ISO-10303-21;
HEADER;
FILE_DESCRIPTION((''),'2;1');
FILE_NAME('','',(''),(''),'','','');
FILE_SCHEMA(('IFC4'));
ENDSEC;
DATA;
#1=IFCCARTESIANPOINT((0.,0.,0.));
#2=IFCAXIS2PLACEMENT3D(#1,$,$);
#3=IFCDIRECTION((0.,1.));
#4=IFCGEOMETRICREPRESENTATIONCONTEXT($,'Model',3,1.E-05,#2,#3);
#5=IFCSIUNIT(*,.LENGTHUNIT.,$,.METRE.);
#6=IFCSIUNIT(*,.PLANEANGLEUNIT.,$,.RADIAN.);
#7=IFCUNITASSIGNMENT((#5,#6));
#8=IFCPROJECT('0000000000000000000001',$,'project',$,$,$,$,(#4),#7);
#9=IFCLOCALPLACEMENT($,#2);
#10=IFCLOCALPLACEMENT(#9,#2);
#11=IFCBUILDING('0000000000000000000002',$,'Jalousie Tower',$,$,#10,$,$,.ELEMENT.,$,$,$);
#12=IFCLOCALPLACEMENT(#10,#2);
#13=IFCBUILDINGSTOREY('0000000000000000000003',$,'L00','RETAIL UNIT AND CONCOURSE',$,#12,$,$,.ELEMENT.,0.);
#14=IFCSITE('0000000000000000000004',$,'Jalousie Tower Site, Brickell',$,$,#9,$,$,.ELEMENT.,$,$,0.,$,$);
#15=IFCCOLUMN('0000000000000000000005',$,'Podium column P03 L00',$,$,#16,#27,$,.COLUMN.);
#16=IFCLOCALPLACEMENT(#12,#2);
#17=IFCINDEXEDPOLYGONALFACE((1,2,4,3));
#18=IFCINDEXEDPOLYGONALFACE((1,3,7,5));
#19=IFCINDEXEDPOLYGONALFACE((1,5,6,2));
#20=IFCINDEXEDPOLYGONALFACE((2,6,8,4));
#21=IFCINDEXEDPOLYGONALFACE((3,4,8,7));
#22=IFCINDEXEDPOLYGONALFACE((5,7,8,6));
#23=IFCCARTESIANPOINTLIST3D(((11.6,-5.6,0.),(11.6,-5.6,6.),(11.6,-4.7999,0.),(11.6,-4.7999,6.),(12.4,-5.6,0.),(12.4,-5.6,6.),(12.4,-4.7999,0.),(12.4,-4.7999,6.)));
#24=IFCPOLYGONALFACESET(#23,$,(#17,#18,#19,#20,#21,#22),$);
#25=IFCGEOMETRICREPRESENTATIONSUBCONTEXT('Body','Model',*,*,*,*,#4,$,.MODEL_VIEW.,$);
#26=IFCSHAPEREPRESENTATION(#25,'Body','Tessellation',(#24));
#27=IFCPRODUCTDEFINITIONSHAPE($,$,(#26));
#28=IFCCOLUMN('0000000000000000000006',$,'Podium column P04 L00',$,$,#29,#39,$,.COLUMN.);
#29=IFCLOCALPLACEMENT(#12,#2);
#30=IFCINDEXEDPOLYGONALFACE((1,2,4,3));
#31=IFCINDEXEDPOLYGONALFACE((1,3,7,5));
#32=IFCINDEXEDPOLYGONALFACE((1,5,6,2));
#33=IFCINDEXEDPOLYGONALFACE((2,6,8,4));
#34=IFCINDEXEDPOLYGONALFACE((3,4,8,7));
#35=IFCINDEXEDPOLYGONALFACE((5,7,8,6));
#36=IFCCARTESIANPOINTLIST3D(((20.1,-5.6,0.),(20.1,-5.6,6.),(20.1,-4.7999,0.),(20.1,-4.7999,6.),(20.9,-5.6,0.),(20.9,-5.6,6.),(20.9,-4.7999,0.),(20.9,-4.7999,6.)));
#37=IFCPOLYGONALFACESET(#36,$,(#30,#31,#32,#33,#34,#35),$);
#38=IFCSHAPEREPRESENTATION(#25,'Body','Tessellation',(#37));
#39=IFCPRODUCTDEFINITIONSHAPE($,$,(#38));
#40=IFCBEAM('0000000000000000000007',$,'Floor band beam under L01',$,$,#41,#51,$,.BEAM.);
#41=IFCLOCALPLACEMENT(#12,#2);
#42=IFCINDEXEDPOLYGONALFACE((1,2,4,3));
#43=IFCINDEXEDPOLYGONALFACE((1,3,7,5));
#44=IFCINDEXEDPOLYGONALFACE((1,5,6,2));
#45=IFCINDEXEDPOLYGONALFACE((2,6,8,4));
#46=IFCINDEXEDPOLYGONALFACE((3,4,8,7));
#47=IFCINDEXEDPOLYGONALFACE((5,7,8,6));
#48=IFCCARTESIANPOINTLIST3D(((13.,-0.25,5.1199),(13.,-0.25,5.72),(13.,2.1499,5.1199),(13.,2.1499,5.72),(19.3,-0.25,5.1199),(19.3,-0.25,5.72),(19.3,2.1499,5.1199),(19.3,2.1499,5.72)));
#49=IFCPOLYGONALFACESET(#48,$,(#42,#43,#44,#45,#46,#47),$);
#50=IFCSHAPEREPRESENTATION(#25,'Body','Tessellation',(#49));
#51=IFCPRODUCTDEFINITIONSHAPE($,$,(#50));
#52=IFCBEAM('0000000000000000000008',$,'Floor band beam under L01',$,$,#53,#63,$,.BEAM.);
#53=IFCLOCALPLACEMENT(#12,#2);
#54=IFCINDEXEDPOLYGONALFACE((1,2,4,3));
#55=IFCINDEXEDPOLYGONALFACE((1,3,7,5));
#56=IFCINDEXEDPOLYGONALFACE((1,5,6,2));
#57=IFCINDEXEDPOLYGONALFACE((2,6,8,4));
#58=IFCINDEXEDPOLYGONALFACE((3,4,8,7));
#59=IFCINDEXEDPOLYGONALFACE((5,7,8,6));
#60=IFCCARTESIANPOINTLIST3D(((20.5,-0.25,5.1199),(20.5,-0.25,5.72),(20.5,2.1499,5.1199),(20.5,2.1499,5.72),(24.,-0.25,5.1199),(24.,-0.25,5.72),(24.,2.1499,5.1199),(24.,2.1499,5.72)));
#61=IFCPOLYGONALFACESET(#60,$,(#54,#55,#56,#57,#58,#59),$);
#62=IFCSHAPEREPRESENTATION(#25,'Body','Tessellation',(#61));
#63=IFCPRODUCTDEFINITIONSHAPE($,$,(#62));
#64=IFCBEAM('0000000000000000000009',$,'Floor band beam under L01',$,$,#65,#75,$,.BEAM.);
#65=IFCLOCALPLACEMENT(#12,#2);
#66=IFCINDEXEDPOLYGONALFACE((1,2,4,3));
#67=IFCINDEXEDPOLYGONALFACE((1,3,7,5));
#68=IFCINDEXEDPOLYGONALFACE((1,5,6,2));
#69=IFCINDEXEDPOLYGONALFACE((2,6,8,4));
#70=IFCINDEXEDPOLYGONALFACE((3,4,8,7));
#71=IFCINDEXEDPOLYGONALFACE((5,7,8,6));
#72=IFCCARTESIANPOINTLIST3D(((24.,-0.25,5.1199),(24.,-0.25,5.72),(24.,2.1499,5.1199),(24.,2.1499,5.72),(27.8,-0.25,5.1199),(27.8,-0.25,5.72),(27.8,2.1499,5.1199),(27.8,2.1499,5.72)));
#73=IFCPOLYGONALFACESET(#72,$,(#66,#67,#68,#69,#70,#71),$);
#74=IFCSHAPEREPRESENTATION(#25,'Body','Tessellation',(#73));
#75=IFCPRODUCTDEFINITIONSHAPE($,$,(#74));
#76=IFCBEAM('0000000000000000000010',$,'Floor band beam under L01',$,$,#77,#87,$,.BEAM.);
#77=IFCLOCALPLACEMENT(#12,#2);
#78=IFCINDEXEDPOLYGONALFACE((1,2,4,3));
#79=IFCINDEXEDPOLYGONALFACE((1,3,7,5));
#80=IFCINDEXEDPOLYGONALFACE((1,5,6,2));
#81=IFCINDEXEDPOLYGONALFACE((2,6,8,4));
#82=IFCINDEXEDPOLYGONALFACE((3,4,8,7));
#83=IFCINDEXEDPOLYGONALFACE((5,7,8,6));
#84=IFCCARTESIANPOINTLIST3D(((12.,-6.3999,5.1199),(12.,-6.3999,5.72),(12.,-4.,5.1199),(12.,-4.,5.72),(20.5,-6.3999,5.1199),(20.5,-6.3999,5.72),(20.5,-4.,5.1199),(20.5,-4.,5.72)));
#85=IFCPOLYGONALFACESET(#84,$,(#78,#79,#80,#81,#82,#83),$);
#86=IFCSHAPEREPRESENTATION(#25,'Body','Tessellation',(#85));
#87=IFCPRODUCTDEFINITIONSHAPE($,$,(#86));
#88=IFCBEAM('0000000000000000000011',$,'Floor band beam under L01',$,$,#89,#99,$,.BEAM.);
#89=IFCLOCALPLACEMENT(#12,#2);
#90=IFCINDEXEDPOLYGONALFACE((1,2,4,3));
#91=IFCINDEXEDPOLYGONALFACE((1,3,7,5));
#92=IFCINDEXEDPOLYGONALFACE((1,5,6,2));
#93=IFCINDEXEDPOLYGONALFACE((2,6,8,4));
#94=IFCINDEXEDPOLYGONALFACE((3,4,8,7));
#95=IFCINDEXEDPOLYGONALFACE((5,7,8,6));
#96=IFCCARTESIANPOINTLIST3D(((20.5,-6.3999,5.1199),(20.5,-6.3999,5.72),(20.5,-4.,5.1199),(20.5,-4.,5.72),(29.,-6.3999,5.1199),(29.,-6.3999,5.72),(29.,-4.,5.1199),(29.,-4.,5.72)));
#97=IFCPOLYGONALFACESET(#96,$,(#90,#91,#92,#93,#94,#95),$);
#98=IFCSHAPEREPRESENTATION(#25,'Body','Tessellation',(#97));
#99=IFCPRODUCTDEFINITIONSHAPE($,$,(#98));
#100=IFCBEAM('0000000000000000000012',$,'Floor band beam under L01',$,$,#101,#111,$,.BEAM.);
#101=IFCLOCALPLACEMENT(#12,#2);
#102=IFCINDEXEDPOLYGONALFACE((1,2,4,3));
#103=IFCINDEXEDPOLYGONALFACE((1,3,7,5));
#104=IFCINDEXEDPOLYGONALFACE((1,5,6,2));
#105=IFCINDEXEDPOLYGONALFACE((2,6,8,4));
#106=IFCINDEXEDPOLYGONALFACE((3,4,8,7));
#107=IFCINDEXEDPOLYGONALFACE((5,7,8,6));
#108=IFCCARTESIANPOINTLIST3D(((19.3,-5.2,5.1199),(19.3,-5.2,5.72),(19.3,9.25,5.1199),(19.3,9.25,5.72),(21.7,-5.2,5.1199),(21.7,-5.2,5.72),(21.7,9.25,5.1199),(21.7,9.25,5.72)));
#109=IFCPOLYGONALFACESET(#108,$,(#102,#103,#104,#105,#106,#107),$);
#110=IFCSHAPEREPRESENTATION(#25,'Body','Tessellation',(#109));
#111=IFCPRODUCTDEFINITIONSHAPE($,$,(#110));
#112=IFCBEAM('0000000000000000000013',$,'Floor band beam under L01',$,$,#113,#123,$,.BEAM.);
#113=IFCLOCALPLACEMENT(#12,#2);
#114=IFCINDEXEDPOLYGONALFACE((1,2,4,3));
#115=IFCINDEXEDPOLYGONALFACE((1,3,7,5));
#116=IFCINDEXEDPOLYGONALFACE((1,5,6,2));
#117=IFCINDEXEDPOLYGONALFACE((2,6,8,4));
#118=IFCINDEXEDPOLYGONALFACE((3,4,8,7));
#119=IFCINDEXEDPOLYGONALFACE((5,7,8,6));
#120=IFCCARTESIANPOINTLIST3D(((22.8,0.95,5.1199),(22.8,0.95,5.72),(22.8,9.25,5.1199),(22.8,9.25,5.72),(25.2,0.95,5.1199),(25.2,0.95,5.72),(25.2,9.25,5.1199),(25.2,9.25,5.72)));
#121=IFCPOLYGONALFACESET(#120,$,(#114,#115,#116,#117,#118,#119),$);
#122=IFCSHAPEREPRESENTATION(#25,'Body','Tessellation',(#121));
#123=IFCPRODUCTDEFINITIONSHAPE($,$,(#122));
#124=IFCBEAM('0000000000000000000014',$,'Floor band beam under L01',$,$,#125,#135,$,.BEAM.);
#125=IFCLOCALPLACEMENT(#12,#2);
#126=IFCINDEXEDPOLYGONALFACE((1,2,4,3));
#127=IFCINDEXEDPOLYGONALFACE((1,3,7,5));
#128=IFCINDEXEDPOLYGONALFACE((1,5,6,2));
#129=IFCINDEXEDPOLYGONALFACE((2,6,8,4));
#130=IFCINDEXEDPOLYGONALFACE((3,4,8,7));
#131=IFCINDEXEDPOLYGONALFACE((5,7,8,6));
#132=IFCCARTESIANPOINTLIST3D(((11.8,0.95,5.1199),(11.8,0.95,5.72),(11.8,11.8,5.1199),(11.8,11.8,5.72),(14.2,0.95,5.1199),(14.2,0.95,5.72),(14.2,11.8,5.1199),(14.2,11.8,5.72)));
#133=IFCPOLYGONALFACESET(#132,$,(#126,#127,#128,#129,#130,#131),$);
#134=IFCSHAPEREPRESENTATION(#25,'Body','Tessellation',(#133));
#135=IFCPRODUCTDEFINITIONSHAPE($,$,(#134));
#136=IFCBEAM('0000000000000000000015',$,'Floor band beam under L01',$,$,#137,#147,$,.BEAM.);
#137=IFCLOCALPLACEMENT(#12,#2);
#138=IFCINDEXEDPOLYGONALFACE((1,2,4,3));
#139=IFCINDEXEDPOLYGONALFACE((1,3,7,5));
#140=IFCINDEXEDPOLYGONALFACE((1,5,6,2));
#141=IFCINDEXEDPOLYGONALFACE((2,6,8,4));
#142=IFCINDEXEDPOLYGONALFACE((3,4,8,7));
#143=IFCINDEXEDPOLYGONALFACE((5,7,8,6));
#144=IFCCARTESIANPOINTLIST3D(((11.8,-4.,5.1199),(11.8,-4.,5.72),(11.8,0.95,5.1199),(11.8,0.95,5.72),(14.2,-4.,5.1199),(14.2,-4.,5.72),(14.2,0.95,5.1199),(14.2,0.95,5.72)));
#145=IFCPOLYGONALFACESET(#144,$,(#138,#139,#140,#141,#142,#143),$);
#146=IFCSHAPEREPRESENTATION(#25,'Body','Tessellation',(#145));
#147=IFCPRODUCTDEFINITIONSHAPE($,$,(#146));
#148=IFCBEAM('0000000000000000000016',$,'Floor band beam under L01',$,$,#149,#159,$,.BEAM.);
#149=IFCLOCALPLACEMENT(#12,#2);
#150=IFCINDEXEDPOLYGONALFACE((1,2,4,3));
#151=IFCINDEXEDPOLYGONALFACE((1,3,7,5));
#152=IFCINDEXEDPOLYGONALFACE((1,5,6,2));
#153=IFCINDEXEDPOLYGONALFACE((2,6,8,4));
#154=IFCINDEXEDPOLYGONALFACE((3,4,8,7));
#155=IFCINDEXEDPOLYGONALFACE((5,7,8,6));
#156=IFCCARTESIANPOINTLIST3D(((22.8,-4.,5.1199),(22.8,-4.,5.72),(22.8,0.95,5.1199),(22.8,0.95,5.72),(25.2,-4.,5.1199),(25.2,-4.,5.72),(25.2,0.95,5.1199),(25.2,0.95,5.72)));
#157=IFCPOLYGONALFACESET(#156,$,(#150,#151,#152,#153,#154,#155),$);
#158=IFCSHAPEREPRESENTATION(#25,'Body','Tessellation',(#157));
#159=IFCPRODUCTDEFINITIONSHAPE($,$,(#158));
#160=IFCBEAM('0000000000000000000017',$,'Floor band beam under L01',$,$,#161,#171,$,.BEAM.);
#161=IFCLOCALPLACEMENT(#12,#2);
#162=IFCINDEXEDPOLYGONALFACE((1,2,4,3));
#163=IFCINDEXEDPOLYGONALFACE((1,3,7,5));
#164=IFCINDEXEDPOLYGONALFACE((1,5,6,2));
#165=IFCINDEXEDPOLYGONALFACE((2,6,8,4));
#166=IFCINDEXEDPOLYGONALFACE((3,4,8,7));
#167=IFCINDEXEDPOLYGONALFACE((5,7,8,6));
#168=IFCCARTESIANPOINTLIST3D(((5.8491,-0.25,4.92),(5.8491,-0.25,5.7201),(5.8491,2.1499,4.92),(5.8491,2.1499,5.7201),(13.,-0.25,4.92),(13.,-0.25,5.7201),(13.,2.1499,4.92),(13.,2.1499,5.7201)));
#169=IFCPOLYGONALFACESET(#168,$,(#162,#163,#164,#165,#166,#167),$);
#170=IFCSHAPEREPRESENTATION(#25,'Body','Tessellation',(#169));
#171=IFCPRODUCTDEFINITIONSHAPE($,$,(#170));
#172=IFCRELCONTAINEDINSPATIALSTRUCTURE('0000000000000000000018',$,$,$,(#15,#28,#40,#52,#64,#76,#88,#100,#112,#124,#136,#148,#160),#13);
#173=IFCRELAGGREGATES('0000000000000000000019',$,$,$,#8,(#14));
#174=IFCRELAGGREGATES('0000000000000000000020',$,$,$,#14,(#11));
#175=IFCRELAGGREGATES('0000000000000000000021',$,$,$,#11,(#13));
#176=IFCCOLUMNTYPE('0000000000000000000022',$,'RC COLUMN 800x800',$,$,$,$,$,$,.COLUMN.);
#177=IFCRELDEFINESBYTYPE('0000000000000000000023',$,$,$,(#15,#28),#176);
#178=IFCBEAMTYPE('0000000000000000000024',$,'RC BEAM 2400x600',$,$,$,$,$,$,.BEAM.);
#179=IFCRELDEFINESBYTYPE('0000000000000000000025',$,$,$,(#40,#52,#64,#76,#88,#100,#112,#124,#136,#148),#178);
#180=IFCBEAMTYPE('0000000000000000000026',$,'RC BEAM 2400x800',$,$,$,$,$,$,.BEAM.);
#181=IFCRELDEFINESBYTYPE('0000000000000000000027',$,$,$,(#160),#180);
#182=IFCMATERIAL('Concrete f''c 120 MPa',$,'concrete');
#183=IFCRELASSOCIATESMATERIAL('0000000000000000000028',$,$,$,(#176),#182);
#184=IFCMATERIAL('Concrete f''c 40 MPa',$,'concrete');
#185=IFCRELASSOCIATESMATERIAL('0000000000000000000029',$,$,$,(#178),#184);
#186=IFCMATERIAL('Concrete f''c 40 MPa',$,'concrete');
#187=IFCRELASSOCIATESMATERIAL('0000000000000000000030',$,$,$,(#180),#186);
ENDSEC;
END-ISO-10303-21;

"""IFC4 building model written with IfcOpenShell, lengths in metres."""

from ifc_helpers import new_model, si_unit, direction, frame, origin, origin_2d, place, context, subcontext, project, spatial, rectangle, extrude, material, material_profile, profile_set, type_object, element, save


model = new_model("IFC4")

# Units and contexts
model_context = context("Model", 3, precision=1e-05, world=origin(), true_north=direction((0.0, 1.0)))
body_context = subcontext(model_context, "Body", "Model", "MODEL_VIEW")
ifc_project = project(units=[si_unit("LENGTHUNIT", "METRE"), si_unit("PLANEANGLEUNIT", "RADIAN")], contexts=[model_context])

# Site, building, storey
site_placement = place(None, origin())
site = spatial("IfcSite", under=ifc_project, at=site_placement, Name="Jalousie Tower Site, Brickell", CompositionType="ELEMENT", RefElevation=0.0)
building_placement = place(site_placement, origin())
building = spatial("IfcBuilding", under=site, at=building_placement, Name="Jalousie Tower", CompositionType="ELEMENT")
storey_placement = place(building_placement, origin())
storey = spatial("IfcBuildingStorey", under=building, at=storey_placement, Name="L00", Description="RETAIL UNIT AND CONCOURSE", CompositionType="ELEMENT", Elevation=0.0)

# Columns
ifc_material_1 = material(Name="Concrete f'c 120 MPa", Category="concrete")
ifc_material_profile_1 = material_profile(ifc_material_1, rectangle(XDim=0.8, YDim=0.8, at=origin_2d()), Name="RC 800x800")
ifc_profile_set_1 = profile_set([ifc_material_profile_1], Name="Concrete f'c 120 MPa")
column_type = type_object("IfcColumnType", Name="RC COLUMN 800x800", PredefinedType="COLUMN", material=ifc_profile_set_1)
for number, where, z_axis, x_axis, name in (
    (1, (12.0, -5.2, 0.0), (0.0, 0.0, 1.0), (1.0, 0.0, 0.0), "Podium column P03 L00"),
    (2, (20.5, -5.2, 0.0), (0.0, 0.0, 1.0), (1.0, 0.0, 0.0), "Podium column P04 L00"),
):
    element("IfcColumn", number, at=place(storey_placement, frame(where, z_axis=z_axis, x_axis=x_axis)), inside=storey, type_object=column_type, Name=name, PredefinedType="COLUMN", context=body_context, shape_type="SweptSolid", body=[
        extrude(rectangle(XDim=0.8, YDim=0.8, at=origin_2d()), origin(), (0.0, 0.0, 1.0), 6.0),
    ])

# Beams
ifc_material_2 = material(Name="Concrete f'c 40 MPa", Category="concrete")
ifc_material_profile_2 = material_profile(ifc_material_2, rectangle(XDim=2.3999, YDim=0.6001, at=origin_2d()), Name="RC 2400x600")
ifc_profile_set_2 = profile_set([ifc_material_profile_2], Name="Concrete f'c 40 MPa")
beam_type_1 = type_object("IfcBeamType", Name="RC BEAM 2400x600", PredefinedType="BEAM", material=ifc_profile_set_2)
beam_1_placement = place(storey_placement, frame((13.0, 0.95, 5.4199), z_axis=(1.0, 0.0, 0.0), x_axis=(0.0, 1.0, 0.0)))
element("IfcBeam", 3, at=beam_1_placement, inside=storey, type_object=beam_type_1, Name="Floor band beam under L01", PredefinedType="BEAM", context=body_context, shape_type="SweptSolid", body=[
    extrude(rectangle(XDim=2.3999, YDim=0.6001, at=origin_2d()), origin(), (0.0, 0.0, 1.0), 6.3),
])
beam_2_placement = place(storey_placement, frame((20.5, 0.95, 5.4199), z_axis=(1.0, 0.0, 0.0), x_axis=(0.0, 1.0, 0.0)))
element("IfcBeam", 4, at=beam_2_placement, inside=storey, type_object=beam_type_1, Name="Floor band beam under L01", PredefinedType="BEAM", context=body_context, shape_type="SweptSolid", body=[
    extrude(rectangle(XDim=2.3999, YDim=0.6001, at=origin_2d()), origin(), (0.0, 0.0, 1.0), 3.5),
])
beam_3_placement = place(storey_placement, frame((24.0, 0.95, 5.4199), z_axis=(1.0, 0.0, 0.0), x_axis=(0.0, 1.0, 0.0)))
element("IfcBeam", 5, at=beam_3_placement, inside=storey, type_object=beam_type_1, Name="Floor band beam under L01", PredefinedType="BEAM", context=body_context, shape_type="SweptSolid", body=[
    extrude(rectangle(XDim=2.3999, YDim=0.6001, at=origin_2d()), origin(), (0.0, 0.0, 1.0), 3.8),
])
for number, where, z_axis, x_axis, name in (
    (6, (12.0, -5.2, 5.4199), (1.0, 0.0, 0.0), (0.0, 1.0, 0.0), "Floor band beam under L01"),
    (7, (20.5, -5.2, 5.4199), (1.0, 0.0, 0.0), (0.0, 1.0, 0.0), "Floor band beam under L01"),
):
    element("IfcBeam", number, at=place(storey_placement, frame(where, z_axis=z_axis, x_axis=x_axis)), inside=storey, type_object=beam_type_1, Name=name, PredefinedType="BEAM", context=body_context, shape_type="SweptSolid", body=[
        extrude(rectangle(XDim=2.3999, YDim=0.6001, at=origin_2d()), origin(), (0.0, 0.0, 1.0), 8.5),
    ])
beam_4_placement = place(storey_placement, frame((20.5, -5.2, 5.4199), z_axis=(0.0, 1.0, 0.0), x_axis=(-1.0, 0.0, 0.0)))
element("IfcBeam", 8, at=beam_4_placement, inside=storey, type_object=beam_type_1, Name="Floor band beam under L01", PredefinedType="BEAM", context=body_context, shape_type="SweptSolid", body=[
    extrude(rectangle(XDim=2.3999, YDim=0.6001, at=origin_2d()), origin(), (0.0, 0.0, 1.0), 14.45),
])
beam_5_placement = place(storey_placement, frame((24.0, 0.95, 5.4199), z_axis=(0.0, 1.0, 0.0), x_axis=(-1.0, 0.0, 0.0)))
element("IfcBeam", 9, at=beam_5_placement, inside=storey, type_object=beam_type_1, Name="Floor band beam under L01", PredefinedType="BEAM", context=body_context, shape_type="SweptSolid", body=[
    extrude(rectangle(XDim=2.3999, YDim=0.6001, at=origin_2d()), origin(), (0.0, 0.0, 1.0), 8.3),
])
beam_6_placement = place(storey_placement, frame((13.0, 0.95, 5.4199), z_axis=(0.0, 1.0, 0.0), x_axis=(-1.0, 0.0, 0.0)))
element("IfcBeam", 10, at=beam_6_placement, inside=storey, type_object=beam_type_1, Name="Floor band beam under L01", PredefinedType="BEAM", context=body_context, shape_type="SweptSolid", body=[
    extrude(rectangle(XDim=2.3999, YDim=0.6001, at=origin_2d()), origin(), (0.0, 0.0, 1.0), 10.8501),
])
for number, where, z_axis, x_axis, name in (
    (11, (13.0, 0.95, 5.4199), (0.0, -1.0, 0.0), (1.0, 0.0, 0.0), "Floor band beam under L01"),
    (12, (24.0, 0.95, 5.4199), (0.0, -1.0, 0.0), (1.0, 0.0, 0.0), "Floor band beam under L01"),
):
    element("IfcBeam", number, at=place(storey_placement, frame(where, z_axis=z_axis, x_axis=x_axis)), inside=storey, type_object=beam_type_1, Name=name, PredefinedType="BEAM", context=body_context, shape_type="SweptSolid", body=[
        extrude(rectangle(XDim=2.3999, YDim=0.6001, at=origin_2d()), origin(), (0.0, 0.0, 1.0), 4.95),
    ])
ifc_material_3 = material(Name="Concrete f'c 40 MPa", Category="concrete")
ifc_material_profile_3 = material_profile(ifc_material_3, rectangle(XDim=2.3999, YDim=0.8, at=origin_2d()), Name="RC 2400x800")
ifc_profile_set_3 = profile_set([ifc_material_profile_3], Name="Concrete f'c 40 MPa")
beam_type_2 = type_object("IfcBeamType", Name="RC BEAM 2400x800", PredefinedType="BEAM", material=ifc_profile_set_3)
beam_7_placement = place(storey_placement, frame((13.0, 0.95, 5.3201), z_axis=(-1.0, 0.0, 0.0), x_axis=(0.0, -1.0, 0.0)))
element("IfcBeam", 13, at=beam_7_placement, inside=storey, type_object=beam_type_2, Name="Floor band beam under L01", PredefinedType="BEAM", context=body_context, shape_type="SweptSolid", body=[
    extrude(rectangle(XDim=2.3999, YDim=0.8, at=origin_2d()), origin(), (0.0, 0.0, 1.0), 7.1509),
])

save(model, "model.ifc")
